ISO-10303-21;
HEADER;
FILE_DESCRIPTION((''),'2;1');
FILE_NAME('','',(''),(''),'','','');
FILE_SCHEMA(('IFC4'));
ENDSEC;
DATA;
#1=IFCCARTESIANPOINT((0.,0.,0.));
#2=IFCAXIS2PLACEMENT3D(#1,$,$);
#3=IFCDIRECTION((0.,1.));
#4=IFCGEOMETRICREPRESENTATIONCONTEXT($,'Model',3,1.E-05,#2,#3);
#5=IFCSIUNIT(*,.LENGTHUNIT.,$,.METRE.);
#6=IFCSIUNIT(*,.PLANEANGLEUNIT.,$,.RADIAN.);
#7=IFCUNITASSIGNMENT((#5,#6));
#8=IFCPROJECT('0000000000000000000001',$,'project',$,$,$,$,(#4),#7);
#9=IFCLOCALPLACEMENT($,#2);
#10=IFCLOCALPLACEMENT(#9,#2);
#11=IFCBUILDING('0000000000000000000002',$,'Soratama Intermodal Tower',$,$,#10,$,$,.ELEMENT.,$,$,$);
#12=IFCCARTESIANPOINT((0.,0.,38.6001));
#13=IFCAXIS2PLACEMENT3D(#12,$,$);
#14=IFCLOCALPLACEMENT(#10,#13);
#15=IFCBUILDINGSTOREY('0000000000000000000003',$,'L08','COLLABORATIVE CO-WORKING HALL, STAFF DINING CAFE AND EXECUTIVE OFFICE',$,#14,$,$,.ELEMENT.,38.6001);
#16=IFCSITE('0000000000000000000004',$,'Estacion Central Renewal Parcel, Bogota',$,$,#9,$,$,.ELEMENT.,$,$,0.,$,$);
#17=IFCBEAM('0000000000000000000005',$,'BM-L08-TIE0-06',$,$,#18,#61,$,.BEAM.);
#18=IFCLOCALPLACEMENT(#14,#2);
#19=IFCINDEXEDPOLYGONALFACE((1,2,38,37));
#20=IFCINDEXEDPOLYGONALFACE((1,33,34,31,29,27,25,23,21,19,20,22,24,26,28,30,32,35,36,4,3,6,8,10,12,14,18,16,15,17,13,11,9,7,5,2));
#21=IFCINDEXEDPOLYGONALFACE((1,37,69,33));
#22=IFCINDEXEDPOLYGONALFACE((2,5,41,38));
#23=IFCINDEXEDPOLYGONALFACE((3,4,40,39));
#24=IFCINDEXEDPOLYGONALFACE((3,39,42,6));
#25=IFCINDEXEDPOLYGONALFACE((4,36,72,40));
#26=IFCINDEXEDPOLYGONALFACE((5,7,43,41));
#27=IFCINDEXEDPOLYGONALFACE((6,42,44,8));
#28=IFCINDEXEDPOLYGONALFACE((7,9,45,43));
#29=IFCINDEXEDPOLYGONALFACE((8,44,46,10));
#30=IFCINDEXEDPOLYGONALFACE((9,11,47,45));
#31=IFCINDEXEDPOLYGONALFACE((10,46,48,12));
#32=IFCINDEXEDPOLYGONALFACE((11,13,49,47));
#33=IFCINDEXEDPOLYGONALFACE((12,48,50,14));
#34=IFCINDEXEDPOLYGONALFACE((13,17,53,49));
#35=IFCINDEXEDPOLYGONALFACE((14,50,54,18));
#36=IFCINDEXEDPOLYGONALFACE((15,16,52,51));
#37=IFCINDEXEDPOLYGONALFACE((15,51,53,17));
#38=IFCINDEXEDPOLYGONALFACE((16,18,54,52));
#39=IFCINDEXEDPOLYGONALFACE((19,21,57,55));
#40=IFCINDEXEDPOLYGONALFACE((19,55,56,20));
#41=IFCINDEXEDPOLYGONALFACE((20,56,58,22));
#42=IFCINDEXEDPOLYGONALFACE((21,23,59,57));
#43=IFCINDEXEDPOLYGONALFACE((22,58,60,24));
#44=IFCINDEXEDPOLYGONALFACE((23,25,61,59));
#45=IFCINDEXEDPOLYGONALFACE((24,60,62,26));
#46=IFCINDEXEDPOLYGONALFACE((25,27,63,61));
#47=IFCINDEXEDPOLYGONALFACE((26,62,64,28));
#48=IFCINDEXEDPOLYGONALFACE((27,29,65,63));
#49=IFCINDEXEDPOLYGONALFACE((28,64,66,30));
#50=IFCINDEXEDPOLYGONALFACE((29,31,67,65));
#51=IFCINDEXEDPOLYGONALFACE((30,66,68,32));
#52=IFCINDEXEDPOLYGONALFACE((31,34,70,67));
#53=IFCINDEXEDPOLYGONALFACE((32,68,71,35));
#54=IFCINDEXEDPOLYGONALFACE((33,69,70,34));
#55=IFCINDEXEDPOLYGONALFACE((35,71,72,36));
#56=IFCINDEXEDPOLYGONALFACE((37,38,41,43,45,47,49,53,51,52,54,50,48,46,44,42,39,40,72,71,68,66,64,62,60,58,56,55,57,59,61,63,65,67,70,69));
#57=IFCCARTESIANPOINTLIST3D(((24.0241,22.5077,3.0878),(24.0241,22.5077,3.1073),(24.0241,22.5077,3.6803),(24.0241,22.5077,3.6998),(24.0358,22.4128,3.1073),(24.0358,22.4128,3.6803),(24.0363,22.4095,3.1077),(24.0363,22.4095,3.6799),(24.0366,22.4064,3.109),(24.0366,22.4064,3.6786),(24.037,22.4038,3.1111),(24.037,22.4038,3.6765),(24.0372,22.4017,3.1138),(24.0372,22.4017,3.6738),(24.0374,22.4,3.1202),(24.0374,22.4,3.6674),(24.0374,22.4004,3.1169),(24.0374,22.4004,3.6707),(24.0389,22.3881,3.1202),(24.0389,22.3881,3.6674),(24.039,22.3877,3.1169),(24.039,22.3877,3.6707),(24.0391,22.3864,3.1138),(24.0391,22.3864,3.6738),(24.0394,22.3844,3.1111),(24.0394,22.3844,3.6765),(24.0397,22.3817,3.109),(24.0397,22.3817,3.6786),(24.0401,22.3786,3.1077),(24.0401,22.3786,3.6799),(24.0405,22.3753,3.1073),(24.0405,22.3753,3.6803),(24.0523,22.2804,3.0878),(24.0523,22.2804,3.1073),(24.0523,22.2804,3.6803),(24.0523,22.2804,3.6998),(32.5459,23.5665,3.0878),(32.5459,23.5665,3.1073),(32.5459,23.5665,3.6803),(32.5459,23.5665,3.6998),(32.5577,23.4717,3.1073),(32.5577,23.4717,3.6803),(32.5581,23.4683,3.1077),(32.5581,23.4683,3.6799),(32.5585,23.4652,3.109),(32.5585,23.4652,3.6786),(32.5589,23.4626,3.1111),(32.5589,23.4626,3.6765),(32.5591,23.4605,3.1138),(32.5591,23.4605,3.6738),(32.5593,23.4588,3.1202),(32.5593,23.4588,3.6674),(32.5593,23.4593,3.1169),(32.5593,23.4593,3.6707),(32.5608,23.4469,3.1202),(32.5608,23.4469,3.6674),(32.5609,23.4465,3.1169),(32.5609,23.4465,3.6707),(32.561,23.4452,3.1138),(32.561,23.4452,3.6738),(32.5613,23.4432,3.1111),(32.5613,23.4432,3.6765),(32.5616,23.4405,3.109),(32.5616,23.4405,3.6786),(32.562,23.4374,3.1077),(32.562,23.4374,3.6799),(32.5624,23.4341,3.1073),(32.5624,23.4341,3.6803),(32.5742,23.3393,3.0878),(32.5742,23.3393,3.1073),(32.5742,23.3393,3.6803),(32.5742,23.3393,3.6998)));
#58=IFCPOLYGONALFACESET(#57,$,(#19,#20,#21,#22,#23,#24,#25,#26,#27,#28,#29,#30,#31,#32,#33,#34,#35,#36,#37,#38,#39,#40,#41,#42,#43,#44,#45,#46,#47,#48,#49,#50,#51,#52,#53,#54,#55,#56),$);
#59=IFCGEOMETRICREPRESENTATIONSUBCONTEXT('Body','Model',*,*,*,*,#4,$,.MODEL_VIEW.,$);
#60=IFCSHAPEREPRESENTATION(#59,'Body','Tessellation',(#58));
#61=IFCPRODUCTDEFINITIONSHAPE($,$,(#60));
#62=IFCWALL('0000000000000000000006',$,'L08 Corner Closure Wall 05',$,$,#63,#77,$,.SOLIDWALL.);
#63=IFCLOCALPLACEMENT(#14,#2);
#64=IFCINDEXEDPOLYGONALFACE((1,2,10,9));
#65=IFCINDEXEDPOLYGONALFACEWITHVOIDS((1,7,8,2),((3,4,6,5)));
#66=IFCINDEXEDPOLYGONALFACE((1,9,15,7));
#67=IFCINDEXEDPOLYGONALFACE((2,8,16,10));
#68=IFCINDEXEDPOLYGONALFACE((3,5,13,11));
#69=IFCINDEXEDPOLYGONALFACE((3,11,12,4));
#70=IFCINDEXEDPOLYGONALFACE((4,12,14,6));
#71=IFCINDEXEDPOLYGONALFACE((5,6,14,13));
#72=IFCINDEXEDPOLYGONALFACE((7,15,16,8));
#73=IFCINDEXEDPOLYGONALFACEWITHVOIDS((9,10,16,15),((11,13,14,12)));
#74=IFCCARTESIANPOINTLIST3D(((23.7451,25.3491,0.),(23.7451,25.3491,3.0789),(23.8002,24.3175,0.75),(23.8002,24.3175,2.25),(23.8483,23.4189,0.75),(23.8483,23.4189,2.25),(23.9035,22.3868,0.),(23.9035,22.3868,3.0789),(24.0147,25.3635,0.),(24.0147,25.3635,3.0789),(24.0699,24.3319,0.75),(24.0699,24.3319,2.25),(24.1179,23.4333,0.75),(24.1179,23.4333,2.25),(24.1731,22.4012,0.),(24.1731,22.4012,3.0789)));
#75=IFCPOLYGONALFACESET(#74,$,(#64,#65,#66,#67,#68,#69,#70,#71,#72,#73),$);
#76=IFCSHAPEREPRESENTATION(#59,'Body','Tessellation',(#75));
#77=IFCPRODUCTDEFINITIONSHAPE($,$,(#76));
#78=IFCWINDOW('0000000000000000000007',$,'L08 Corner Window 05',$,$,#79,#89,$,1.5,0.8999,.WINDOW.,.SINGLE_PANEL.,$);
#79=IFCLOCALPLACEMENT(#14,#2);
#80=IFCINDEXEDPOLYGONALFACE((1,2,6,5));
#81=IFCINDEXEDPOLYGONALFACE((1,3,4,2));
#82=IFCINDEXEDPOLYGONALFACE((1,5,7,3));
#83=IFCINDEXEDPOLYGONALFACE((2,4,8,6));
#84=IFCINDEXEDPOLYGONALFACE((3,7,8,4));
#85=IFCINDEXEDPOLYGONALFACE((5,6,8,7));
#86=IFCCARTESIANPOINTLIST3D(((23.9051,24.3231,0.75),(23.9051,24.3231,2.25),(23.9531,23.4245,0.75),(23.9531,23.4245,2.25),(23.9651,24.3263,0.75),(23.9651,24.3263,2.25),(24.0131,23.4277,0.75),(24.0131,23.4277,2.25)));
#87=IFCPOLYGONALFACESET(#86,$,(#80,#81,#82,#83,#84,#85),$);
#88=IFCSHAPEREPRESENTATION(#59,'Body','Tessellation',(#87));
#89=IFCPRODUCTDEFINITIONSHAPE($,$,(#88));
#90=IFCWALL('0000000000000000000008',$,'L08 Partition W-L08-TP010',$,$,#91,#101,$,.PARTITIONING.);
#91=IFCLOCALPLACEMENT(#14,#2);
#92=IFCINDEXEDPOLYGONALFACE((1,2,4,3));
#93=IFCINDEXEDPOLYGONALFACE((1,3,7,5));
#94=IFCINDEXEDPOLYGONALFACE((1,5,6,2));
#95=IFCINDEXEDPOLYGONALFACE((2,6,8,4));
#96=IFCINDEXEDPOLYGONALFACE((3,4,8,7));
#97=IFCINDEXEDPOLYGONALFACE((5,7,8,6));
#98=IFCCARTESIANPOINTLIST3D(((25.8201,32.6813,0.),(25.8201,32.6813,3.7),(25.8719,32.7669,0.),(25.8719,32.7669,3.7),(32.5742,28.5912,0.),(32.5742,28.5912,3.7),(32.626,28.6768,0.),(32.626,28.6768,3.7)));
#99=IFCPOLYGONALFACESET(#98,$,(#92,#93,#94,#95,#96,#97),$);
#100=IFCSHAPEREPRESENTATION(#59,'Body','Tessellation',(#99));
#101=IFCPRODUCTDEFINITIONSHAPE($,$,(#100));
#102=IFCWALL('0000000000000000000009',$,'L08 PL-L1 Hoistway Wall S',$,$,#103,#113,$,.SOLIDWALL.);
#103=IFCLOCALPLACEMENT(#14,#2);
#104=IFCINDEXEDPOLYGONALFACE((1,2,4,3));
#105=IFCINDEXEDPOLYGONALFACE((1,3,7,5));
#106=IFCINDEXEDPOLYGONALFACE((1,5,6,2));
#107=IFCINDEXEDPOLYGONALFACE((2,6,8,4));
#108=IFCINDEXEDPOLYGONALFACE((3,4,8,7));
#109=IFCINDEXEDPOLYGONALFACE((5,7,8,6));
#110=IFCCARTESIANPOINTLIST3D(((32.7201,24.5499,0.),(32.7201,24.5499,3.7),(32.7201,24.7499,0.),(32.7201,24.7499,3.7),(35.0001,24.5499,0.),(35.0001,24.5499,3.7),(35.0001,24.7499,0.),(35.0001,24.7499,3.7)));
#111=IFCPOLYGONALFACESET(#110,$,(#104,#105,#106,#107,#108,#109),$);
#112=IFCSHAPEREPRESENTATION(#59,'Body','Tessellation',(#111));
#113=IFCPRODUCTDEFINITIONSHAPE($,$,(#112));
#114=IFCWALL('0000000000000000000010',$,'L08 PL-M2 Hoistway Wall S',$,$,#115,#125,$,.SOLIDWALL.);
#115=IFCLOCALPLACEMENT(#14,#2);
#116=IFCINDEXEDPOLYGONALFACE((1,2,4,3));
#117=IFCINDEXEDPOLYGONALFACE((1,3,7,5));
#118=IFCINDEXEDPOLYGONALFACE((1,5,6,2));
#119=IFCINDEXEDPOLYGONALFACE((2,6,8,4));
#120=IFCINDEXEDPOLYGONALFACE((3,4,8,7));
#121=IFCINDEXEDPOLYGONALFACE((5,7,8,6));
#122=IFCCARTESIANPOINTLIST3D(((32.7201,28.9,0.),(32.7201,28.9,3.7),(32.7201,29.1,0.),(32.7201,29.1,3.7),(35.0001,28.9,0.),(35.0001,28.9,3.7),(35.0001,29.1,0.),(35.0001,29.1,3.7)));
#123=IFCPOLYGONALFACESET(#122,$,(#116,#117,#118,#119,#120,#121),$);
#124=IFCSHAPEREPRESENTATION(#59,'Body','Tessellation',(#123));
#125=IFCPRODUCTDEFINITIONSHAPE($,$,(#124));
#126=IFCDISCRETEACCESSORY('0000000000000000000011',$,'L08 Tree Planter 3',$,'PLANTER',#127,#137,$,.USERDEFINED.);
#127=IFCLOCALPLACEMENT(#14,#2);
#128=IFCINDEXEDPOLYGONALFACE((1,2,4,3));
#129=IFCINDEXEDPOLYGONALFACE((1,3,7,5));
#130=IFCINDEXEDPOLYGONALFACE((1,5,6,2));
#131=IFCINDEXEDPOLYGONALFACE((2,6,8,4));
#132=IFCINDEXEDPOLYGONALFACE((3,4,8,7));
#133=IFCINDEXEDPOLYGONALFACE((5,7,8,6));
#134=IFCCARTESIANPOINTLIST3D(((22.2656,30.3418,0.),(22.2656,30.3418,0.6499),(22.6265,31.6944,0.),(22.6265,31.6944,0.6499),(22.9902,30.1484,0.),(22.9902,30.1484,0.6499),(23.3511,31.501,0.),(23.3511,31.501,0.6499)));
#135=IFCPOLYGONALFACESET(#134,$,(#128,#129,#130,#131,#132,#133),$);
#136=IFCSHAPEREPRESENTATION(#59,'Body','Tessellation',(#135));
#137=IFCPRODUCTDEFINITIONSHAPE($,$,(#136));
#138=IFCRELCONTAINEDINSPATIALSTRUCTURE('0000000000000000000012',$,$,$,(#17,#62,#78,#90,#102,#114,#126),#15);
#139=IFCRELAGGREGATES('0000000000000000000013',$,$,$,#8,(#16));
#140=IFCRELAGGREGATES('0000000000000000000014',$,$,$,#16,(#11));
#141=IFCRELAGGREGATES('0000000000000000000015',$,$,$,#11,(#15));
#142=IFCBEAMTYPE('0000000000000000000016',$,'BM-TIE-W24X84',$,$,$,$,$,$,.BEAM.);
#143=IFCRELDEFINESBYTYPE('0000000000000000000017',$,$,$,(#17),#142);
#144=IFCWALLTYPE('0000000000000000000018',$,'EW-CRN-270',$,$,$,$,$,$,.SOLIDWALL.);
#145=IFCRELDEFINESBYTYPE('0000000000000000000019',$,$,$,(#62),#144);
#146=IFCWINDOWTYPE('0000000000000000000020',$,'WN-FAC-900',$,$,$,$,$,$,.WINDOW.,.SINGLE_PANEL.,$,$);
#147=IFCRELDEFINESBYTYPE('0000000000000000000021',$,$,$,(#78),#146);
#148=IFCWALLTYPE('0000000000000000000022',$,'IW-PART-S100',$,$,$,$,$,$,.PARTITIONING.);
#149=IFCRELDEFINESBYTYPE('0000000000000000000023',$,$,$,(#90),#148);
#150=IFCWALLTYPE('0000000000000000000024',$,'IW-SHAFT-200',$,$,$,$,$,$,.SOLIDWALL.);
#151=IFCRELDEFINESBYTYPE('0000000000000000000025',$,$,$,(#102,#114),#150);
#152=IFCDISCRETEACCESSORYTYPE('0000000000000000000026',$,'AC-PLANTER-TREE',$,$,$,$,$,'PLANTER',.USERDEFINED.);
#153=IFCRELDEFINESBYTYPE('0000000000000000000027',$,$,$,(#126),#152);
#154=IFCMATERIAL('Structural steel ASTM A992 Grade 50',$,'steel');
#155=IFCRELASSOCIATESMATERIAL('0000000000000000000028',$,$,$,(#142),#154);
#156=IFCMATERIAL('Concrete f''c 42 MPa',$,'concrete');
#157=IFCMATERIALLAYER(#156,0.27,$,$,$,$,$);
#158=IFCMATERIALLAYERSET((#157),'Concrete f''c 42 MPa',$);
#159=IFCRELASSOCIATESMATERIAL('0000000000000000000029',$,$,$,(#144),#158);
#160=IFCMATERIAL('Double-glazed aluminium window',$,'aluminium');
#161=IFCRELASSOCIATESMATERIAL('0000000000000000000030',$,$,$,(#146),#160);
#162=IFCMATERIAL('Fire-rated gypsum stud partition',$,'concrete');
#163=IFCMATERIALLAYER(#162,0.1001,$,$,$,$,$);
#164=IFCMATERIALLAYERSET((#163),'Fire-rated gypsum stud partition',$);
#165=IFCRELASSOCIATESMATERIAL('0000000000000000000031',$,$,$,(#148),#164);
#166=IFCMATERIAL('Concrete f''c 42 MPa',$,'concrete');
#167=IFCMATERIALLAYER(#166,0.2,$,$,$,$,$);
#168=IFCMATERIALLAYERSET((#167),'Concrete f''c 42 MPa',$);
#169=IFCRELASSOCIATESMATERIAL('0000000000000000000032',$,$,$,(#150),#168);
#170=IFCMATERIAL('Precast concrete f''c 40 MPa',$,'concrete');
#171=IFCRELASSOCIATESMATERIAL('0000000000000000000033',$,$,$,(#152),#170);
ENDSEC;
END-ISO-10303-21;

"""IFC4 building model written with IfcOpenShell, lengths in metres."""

from ifc_helpers import new_model, si_unit, direction, frame, frame_2d, origin, origin_2d, place, context, subcontext, project, spatial, rectangle, i_section, extrude, material, layer, layer_set, material_profile, profile_set, type_object, element, fill, save


model = new_model("IFC4")

# Units and contexts
model_context = context("Model", 3, precision=1e-05, world=origin(), true_north=direction((0.0, 1.0)))
body_context = subcontext(model_context, "Body", "Model", "MODEL_VIEW")
ifc_project = project(units=[si_unit("LENGTHUNIT", "METRE"), si_unit("PLANEANGLEUNIT", "RADIAN")], contexts=[model_context])

# Site, building, storey
site_placement = place(None, origin())
site = spatial("IfcSite", under=ifc_project, at=site_placement, Name="Estacion Central Renewal Parcel, Bogota", CompositionType="ELEMENT", RefElevation=0.0)
building_placement = place(site_placement, origin())
building = spatial("IfcBuilding", under=site, at=building_placement, Name="Soratama Intermodal Tower", CompositionType="ELEMENT")
storey_placement = place(building_placement, frame((0.0, 0.0, 38.6001)))
storey = spatial("IfcBuildingStorey", under=building, at=storey_placement, Name="L08", Description="COLLABORATIVE CO-WORKING HALL, STAFF DINING CAFE AND EXECUTIVE OFFICE", CompositionType="ELEMENT", Elevation=38.6001)

# Beam
ifc_material_1 = material(Name="Structural steel ASTM A992 Grade 50", Category="steel")
ifc_material_profile_1 = material_profile(ifc_material_1, i_section(OverallWidth=0.229, OverallDepth=0.6121, WebThickness=0.012, FlangeThickness=0.0195, FilletRadius=0.0129, at=origin_2d()), Name="W24X84")
ifc_profile_set_1 = profile_set([ifc_material_profile_1], Name="Structural steel ASTM A992 Grade 50")
beam_type_1 = type_object("IfcBeamType", Name="BM-TIE-W24X84", PredefinedType="BEAM", material=ifc_profile_set_1)
beam_1_placement = place(storey_placement, frame((32.5601, 23.4529, 3.3938), z_axis=(-0.992369, -0.1233, 0.0), x_axis=(0.1233, -0.992369, 0.0)))
element("IfcBeam", 1, at=beam_1_placement, inside=storey, type_object=beam_type_1, Name="BM-L08-TIE0-06", PredefinedType="BEAM", context=body_context, shape_type="SweptSolid", body=[
    extrude(i_section(OverallWidth=0.229, OverallDepth=0.6121, WebThickness=0.012, FlangeThickness=0.0195, FilletRadius=0.0129, at=origin_2d()), origin(), (0.0, 0.0, 1.0), 8.5874),
])

# Wall, opening, window
ifc_material_2 = material(Name="Concrete f'c 42 MPa", Category="concrete")
ifc_layer_1 = layer(ifc_material_2, 0.27)
ifc_layer_set_1 = layer_set([ifc_layer_1], Name="Concrete f'c 42 MPa")
wall_type_1 = type_object("IfcWallType", Name="EW-CRN-270", PredefinedType="SOLIDWALL", material=ifc_layer_set_1)
wall_1_placement = place(storey_placement, frame((23.8799, 25.3564, 0.0), z_axis=(0.0, 0.0, 1.0), x_axis=(0.05341, -0.998573, 0.0)))
wall_1 = element("IfcWall", 2, at=wall_1_placement, inside=storey, type_object=wall_type_1, Name="L08 Corner Closure Wall 05", PredefinedType="SOLIDWALL", context=body_context, shape_type="SweptSolid", body=[
    extrude(rectangle(XDim=2.9666, YDim=0.27, at=frame_2d((1.4834, 0.0))), origin(), (0.0, 0.0, 1.0), 3.0789),
])
opening_1_placement = place(wall_1_placement, frame((1.0332, 0.0, 0.75)))
opening_1 = element("IfcOpeningElement", 3, at=opening_1_placement, cuts=wall_1, PredefinedType="OPENING", context=body_context, shape_type="SweptSolid", body=[
    extrude(rectangle(XDim=0.8999, YDim=1.5, at=frame_2d((0.45, 0.75))), frame((0.0, 0.145, 0.0), z_axis=(0.0, -1.0, 0.0), x_axis=(1.0, 0.0, 0.0)), (0.0, 0.0, 1.0), 0.29),
])
ifc_material_3 = material(Name="Double-glazed aluminium window", Category="aluminium")
window_type = type_object("IfcWindowType", Name="WN-FAC-900", PartitioningType="SINGLE_PANEL", PredefinedType="WINDOW", material=ifc_material_3)
window_placement = place(opening_1_placement, origin())
window = element("IfcWindow", 4, at=window_placement, inside=storey, type_object=window_type, Name="L08 Corner Window 05", OverallHeight=1.5, OverallWidth=0.8999, PartitioningType="SINGLE_PANEL", PredefinedType="WINDOW", context=body_context, shape_type="SweptSolid", body=[
    extrude(rectangle(XDim=0.8999, YDim=1.5, at=frame_2d((0.45, 0.75))), frame((0.0, 0.03, 0.0), z_axis=(0.0, -1.0, 0.0), x_axis=(1.0, 0.0, 0.0)), (0.0, 0.0, 1.0), 0.0601),
])
fill(opening_1, window)

# Walls
ifc_material_4 = material(Name="Fire-rated gypsum stud partition", Category="concrete")
ifc_layer_2 = layer(ifc_material_4, 0.1001)
ifc_layer_set_2 = layer_set([ifc_layer_2], Name="Fire-rated gypsum stud partition")
wall_type_2 = type_object("IfcWallType", Name="IW-PART-S100", PredefinedType="PARTITIONING", material=ifc_layer_set_2)
wall_2_placement = place(storey_placement, frame((32.6001, 28.634, 0.0), z_axis=(0.0, 0.0, 1.0), x_axis=(-0.855385, 0.517993, 0.0)))
element("IfcWall", 5, at=wall_2_placement, inside=storey, type_object=wall_type_2, Name="L08 Partition W-L08-TP010", PredefinedType="PARTITIONING", context=body_context, shape_type="SweptSolid", body=[
    extrude(rectangle(XDim=7.896, YDim=0.1001, at=frame_2d((3.948, 0.0))), origin(), (0.0, 0.0, 1.0), 3.7),
])
ifc_material_5 = material(Name="Concrete f'c 42 MPa", Category="concrete")
ifc_layer_3 = layer(ifc_material_5, 0.2)
ifc_layer_set_3 = layer_set([ifc_layer_3], Name="Concrete f'c 42 MPa")
wall_type_3 = type_object("IfcWallType", Name="IW-SHAFT-200", PredefinedType="SOLIDWALL", material=ifc_layer_set_3)
wall_3_placement = place(storey_placement, frame((32.72, 24.6499, 0.0), z_axis=(0.0, 0.0, 1.0), x_axis=(1.0, 0.0, 0.0)))
element("IfcWall", 6, at=wall_3_placement, inside=storey, type_object=wall_type_3, Name="L08 PL-L1 Hoistway Wall S", PredefinedType="SOLIDWALL", context=body_context, shape_type="SweptSolid", body=[
    extrude(rectangle(XDim=2.28, YDim=0.2, at=frame_2d((1.1401, 0.0))), origin(), (0.0, 0.0, 1.0), 3.7),
])

# Wall
wall_4_placement = place(storey_placement, frame((32.72, 29.0, 0.0), z_axis=(0.0, 0.0, 1.0), x_axis=(1.0, 0.0, 0.0)))
element("IfcWall", 7, at=wall_4_placement, inside=storey, type_object=wall_type_3, Name="L08 PL-M2 Hoistway Wall S", PredefinedType="SOLIDWALL", context=body_context, shape_type="SweptSolid", body=[
    extrude(rectangle(XDim=2.28, YDim=0.2, at=frame_2d((1.1401, 0.0))), origin(), (0.0, 0.0, 1.0), 3.7),
])

# Discrete accessory
ifc_material_6 = material(Name="Precast concrete f'c 40 MPa", Category="concrete")
discrete_accessory_type = type_object("IfcDiscreteAccessoryType", Name="AC-PLANTER-TREE", ElementType="PLANTER", PredefinedType="USERDEFINED", material=ifc_material_6)
discrete_accessory_placement = place(storey_placement, frame((22.8083, 30.9214, 0.0), z_axis=(0.0, 0.0, 1.0), x_axis=(-0.966196, 0.257807, 0.0)))
element("IfcDiscreteAccessory", 8, at=discrete_accessory_placement, inside=storey, type_object=discrete_accessory_type, Name="L08 Tree Planter 3", ObjectType="PLANTER", PredefinedType="USERDEFINED", context=body_context, shape_type="SweptSolid", body=[
    extrude(rectangle(XDim=0.75, YDim=1.3999, at=origin_2d()), origin(), (0.0, 0.0, 1.0), 0.6499),
])

save(model, "model.ifc")
